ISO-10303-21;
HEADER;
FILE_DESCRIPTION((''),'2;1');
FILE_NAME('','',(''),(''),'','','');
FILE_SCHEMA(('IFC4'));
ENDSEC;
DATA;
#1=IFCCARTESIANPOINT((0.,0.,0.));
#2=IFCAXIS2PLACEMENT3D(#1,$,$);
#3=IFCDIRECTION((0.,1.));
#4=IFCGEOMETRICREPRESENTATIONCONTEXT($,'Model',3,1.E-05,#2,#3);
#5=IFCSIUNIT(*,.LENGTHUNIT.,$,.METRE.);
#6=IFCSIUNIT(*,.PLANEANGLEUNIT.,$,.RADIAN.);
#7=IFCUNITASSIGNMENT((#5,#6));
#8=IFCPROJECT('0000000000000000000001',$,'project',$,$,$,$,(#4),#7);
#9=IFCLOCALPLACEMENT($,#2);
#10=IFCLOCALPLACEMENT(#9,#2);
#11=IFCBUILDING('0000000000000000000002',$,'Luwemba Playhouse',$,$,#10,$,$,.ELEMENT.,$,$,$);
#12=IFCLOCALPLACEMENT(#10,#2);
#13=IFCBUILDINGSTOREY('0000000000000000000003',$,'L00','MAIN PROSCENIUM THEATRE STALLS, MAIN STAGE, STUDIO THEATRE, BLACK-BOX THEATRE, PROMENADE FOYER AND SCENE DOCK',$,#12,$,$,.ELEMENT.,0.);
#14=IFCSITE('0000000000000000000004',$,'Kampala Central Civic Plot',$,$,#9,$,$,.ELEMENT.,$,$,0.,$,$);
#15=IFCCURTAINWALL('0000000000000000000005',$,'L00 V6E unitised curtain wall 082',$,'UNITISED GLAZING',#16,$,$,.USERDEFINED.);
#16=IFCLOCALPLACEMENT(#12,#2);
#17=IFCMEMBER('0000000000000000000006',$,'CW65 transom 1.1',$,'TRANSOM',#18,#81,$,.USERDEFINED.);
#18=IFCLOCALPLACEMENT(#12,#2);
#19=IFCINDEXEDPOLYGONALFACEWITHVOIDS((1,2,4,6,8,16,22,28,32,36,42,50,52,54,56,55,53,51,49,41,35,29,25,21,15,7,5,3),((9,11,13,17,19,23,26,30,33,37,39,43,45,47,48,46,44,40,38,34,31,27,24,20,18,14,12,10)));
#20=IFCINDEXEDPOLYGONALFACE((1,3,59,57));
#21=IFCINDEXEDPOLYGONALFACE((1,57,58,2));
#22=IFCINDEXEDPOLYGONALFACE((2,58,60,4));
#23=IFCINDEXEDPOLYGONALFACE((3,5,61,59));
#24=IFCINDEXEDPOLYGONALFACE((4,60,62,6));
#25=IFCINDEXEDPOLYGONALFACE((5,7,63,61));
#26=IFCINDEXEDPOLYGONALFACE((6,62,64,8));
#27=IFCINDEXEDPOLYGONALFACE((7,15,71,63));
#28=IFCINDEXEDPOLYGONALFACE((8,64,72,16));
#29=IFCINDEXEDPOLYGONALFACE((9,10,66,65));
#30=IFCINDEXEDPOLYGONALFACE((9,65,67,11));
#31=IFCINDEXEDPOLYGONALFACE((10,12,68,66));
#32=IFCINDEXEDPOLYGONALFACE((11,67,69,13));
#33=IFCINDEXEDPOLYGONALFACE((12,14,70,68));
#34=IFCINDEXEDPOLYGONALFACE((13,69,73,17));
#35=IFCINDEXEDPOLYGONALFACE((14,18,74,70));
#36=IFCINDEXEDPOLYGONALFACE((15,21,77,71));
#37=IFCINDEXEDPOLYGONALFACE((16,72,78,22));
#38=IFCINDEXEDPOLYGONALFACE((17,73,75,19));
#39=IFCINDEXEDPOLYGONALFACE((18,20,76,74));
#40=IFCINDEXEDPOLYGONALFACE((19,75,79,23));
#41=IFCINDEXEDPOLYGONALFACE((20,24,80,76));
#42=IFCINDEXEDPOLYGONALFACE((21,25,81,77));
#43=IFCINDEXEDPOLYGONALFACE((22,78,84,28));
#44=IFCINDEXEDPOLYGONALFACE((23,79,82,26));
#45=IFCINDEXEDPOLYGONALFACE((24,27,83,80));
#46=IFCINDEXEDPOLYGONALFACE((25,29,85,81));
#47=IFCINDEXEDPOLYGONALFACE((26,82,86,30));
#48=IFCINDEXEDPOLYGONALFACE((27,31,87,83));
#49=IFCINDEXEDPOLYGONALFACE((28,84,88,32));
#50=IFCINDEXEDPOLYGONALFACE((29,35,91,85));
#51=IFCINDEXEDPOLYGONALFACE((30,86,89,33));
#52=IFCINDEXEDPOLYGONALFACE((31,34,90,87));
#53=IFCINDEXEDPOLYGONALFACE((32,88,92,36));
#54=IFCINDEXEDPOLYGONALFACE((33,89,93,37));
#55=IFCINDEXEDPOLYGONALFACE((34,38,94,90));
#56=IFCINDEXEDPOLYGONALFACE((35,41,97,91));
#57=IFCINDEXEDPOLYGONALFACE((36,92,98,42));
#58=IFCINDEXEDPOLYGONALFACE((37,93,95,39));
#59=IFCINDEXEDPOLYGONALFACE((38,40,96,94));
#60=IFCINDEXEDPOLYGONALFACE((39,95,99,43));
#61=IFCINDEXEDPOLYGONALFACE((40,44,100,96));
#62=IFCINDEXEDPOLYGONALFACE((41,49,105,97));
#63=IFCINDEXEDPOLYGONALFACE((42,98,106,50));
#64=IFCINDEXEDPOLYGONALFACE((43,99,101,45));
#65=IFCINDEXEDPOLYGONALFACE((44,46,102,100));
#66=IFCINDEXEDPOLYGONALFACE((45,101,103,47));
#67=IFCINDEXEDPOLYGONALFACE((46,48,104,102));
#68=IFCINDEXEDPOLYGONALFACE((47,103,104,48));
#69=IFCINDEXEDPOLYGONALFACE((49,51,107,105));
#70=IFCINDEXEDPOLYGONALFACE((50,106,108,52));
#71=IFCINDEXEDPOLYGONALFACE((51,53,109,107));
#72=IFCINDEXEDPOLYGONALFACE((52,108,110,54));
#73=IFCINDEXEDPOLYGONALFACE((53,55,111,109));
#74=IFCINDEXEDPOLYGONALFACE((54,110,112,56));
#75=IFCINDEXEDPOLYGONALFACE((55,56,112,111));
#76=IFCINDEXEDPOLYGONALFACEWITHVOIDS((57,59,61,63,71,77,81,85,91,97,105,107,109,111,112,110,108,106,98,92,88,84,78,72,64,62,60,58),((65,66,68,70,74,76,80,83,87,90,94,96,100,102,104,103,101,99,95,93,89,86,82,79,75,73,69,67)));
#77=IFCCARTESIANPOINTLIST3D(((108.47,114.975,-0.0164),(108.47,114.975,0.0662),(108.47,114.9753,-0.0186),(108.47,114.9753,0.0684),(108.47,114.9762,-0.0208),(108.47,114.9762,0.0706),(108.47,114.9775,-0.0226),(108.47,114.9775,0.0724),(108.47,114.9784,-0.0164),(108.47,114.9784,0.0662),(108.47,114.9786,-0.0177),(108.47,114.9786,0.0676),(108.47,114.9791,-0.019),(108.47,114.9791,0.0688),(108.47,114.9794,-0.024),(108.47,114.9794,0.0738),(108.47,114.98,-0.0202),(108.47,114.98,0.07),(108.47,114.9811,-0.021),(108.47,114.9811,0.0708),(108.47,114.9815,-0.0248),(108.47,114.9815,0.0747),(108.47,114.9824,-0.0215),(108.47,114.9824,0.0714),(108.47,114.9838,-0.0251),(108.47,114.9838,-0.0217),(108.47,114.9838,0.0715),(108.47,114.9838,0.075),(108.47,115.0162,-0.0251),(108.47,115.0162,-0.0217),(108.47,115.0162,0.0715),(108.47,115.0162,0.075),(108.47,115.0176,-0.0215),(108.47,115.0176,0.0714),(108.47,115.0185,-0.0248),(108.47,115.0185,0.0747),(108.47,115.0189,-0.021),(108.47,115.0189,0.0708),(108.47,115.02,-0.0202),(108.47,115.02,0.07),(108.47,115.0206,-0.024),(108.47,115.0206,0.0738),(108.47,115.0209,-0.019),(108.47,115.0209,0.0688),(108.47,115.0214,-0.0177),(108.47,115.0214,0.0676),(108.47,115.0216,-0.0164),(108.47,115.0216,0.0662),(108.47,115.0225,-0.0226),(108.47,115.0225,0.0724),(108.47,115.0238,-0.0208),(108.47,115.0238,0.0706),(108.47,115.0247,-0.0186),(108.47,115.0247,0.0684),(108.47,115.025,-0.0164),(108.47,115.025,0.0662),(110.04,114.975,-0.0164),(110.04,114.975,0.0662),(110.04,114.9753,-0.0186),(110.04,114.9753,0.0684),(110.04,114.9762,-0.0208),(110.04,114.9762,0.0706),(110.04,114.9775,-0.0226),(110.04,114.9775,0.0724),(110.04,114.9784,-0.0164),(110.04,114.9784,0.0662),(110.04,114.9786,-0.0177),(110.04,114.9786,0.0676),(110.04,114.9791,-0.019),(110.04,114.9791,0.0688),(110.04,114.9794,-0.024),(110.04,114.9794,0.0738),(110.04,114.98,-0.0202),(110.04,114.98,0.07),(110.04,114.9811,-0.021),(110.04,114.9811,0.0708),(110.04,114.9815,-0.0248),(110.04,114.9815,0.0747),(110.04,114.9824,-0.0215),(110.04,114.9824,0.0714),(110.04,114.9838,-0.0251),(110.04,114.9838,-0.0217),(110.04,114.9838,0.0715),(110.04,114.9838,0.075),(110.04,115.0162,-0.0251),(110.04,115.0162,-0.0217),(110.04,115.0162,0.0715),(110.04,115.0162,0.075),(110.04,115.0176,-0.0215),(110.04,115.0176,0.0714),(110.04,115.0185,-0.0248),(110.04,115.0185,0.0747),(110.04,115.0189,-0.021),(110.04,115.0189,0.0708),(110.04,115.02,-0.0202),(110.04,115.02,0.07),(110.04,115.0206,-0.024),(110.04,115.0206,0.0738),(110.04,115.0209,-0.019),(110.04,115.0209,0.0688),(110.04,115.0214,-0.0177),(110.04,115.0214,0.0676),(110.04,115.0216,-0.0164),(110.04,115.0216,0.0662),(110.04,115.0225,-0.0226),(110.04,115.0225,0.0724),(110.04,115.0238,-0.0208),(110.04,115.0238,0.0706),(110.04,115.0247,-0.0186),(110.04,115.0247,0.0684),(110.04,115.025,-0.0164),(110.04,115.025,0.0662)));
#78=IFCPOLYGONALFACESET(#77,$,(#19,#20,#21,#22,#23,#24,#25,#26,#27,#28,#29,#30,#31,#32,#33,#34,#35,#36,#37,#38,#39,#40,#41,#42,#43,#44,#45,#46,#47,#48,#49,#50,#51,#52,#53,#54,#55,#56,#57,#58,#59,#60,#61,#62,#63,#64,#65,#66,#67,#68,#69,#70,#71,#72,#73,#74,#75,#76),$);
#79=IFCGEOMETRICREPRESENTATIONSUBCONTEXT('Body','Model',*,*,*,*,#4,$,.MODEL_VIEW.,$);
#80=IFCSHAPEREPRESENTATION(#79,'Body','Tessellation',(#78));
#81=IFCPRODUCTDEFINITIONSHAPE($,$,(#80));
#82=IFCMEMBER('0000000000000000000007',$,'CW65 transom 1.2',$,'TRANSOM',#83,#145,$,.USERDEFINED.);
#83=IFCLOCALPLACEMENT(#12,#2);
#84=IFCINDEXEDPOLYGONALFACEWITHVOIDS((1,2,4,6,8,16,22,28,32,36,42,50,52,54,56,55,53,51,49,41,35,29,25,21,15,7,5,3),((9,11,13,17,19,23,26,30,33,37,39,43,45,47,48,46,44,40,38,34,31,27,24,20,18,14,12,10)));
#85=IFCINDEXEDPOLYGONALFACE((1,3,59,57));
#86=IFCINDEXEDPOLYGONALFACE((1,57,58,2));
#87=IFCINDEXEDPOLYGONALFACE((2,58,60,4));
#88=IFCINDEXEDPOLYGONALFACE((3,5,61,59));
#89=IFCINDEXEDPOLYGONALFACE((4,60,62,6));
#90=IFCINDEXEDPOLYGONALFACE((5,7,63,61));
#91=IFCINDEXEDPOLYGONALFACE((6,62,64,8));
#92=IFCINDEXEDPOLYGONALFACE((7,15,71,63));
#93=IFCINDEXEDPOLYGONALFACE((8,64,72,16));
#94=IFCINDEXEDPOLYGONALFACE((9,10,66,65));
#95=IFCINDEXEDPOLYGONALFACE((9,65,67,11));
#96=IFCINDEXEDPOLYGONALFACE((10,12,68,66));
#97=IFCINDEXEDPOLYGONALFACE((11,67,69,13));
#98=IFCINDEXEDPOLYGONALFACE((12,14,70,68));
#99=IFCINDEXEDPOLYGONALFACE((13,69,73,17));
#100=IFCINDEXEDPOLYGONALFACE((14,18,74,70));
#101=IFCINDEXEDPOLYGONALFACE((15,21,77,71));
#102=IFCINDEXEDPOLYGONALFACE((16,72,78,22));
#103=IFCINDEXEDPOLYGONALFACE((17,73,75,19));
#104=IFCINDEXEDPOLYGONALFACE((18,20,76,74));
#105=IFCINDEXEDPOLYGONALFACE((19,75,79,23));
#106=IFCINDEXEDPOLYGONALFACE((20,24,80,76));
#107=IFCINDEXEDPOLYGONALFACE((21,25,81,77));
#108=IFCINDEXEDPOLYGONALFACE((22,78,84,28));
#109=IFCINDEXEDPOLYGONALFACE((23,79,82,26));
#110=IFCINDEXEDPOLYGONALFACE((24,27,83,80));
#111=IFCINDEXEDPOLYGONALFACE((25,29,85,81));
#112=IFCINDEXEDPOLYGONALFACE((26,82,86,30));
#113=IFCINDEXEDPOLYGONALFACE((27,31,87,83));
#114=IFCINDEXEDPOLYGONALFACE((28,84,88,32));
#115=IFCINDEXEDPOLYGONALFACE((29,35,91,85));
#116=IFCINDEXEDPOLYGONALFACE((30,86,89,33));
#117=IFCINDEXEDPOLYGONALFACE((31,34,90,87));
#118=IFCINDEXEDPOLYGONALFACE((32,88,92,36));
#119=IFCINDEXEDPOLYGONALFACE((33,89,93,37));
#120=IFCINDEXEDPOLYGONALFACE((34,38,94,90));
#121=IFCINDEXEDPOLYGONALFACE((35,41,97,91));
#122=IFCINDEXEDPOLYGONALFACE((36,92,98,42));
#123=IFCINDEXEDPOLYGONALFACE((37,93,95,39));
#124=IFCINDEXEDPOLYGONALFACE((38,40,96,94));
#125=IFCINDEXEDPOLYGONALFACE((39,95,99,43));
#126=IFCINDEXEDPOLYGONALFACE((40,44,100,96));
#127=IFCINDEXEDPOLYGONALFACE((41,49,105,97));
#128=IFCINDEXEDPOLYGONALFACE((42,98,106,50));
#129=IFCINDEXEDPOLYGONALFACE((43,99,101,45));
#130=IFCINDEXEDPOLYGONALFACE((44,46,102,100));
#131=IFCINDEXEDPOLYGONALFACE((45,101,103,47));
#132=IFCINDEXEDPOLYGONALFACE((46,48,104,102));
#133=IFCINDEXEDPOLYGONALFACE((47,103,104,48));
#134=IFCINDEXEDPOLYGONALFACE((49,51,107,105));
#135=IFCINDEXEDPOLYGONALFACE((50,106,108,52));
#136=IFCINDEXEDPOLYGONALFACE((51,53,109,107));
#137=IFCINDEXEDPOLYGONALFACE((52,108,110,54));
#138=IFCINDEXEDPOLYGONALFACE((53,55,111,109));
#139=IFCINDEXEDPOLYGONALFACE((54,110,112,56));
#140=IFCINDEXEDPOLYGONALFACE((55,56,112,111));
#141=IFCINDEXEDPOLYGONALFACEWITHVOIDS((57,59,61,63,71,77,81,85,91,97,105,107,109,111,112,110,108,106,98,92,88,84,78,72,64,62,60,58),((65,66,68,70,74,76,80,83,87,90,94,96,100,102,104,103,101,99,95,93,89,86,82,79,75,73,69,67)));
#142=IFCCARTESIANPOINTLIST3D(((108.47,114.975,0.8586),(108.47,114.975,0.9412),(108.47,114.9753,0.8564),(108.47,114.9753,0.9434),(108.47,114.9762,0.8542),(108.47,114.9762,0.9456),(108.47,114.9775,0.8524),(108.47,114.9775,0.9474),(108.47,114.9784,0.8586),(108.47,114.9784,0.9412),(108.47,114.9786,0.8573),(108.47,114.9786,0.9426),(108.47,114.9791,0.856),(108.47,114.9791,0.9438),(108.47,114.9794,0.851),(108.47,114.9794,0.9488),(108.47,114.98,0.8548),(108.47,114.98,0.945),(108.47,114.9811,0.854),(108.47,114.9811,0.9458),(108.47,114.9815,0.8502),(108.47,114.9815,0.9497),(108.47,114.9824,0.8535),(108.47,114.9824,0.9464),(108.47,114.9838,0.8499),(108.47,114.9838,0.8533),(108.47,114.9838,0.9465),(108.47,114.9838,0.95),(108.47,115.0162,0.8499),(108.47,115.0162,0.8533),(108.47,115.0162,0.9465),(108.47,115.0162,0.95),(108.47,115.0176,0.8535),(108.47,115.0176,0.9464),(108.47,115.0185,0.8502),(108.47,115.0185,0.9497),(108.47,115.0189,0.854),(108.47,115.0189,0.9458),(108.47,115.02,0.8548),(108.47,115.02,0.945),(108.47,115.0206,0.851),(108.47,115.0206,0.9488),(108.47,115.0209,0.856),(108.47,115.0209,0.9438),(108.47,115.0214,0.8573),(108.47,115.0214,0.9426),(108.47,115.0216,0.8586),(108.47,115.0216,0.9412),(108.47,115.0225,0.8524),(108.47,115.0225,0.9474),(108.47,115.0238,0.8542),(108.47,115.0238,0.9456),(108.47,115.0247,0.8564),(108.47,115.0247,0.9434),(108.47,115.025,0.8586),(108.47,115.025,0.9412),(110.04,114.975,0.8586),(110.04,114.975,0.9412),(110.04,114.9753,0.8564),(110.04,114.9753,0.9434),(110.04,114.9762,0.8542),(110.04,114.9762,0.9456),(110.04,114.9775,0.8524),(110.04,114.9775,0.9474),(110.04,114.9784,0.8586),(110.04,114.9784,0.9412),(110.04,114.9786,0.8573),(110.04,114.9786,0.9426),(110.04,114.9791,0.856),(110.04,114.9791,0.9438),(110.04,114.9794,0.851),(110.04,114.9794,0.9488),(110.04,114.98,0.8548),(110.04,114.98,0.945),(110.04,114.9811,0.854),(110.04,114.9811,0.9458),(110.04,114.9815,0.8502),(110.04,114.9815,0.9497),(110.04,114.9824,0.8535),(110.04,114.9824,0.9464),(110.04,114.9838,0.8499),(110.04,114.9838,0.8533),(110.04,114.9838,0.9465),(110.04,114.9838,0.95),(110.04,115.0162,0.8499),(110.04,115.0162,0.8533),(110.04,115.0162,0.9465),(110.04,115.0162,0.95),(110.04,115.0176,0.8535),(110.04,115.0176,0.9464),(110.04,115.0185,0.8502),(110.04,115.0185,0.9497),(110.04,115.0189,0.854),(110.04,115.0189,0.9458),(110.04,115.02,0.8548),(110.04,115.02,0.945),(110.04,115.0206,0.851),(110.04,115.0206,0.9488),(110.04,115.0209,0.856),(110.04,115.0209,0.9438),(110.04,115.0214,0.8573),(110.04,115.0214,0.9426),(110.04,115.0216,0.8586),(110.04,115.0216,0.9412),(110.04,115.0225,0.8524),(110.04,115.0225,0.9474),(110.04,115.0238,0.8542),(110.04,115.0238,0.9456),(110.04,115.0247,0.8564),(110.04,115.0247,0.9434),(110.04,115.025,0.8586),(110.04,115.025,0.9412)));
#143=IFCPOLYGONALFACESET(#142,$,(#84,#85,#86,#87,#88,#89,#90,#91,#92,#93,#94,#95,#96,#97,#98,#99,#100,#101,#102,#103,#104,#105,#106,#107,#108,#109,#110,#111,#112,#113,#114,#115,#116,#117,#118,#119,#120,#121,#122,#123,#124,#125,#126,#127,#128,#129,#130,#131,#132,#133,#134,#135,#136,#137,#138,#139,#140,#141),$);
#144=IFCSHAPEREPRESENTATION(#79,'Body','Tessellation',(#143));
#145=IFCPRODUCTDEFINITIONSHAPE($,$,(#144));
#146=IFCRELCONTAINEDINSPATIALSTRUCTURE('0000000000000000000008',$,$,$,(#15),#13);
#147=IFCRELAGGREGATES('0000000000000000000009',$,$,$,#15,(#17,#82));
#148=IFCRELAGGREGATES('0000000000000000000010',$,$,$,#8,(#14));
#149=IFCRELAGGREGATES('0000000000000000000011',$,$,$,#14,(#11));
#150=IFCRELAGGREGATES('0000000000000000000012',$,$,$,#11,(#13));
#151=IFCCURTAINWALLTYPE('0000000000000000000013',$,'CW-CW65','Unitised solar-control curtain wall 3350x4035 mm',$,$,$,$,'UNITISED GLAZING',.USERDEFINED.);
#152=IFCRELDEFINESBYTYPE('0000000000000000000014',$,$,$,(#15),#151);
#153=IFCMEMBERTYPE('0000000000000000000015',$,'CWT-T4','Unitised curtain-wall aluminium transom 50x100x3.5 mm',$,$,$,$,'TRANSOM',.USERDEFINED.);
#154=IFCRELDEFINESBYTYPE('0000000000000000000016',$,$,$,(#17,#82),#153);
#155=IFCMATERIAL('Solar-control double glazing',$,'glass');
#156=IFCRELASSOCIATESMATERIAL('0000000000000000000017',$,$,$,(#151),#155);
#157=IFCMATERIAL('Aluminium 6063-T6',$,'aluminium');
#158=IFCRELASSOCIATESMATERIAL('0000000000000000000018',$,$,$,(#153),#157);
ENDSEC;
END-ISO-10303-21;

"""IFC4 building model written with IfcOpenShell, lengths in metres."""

from ifc_helpers import new_model, si_unit, direction, frame, origin, origin_2d, place, context, subcontext, project, spatial, hollow_rectangle, extrude, material, material_profile, profile_set, type_object, element, aggregate, save


model = new_model("IFC4")

# Units and contexts
model_context = context("Model", 3, precision=1e-05, world=origin(), true_north=direction((0.0, 1.0)))
body_context = subcontext(model_context, "Body", "Model", "MODEL_VIEW")
ifc_project = project(units=[si_unit("LENGTHUNIT", "METRE"), si_unit("PLANEANGLEUNIT", "RADIAN")], contexts=[model_context])

# Site, building, storey
site_placement = place(None, origin())
site = spatial("IfcSite", under=ifc_project, at=site_placement, Name="Kampala Central Civic Plot", CompositionType="ELEMENT", RefElevation=0.0)
building_placement = place(site_placement, origin())
building = spatial("IfcBuilding", under=site, at=building_placement, Name="Luwemba Playhouse", CompositionType="ELEMENT")
storey_placement = place(building_placement, origin())
storey = spatial("IfcBuildingStorey", under=building, at=storey_placement, Name="L00", Description="MAIN PROSCENIUM THEATRE STALLS, MAIN STAGE, STUDIO THEATRE, BLACK-BOX THEATRE, PROMENADE FOYER AND SCENE DOCK", CompositionType="ELEMENT", Elevation=0.0)

# Curtain wall, members
ifc_material_1 = material(Name="Solar-control double glazing", Category="glass")
curtain_wall_type = type_object("IfcCurtainWallType", Name="CW-CW65", Description="Unitised solar-control curtain wall 3350x4035 mm", ElementType="UNITISED GLAZING", PredefinedType="USERDEFINED", material=ifc_material_1)
curtain_wall_placement = place(storey_placement, origin())
curtain_wall = element("IfcCurtainWall", 1, at=curtain_wall_placement, inside=storey, type_object=curtain_wall_type, Name="L00 V6E unitised curtain wall 082", ObjectType="UNITISED GLAZING", PredefinedType="USERDEFINED")
ifc_material_2 = material(Name="Aluminium 6063-T6", Category="aluminium")
ifc_material_profile_1 = material_profile(ifc_material_2, hollow_rectangle(XDim=0.05, YDim=0.1001, WallThickness=0.0034, InnerFilletRadius=0.0054, OuterFilletRadius=0.0088, at=origin_2d()))
ifc_profile_set_1 = profile_set([ifc_material_profile_1], Name="Aluminium 6063-T6")
member_type_1 = type_object("IfcMemberType", Name="CWT-T4", Description="Unitised curtain-wall aluminium transom 50x100x3.5 mm", ElementType="TRANSOM", PredefinedType="USERDEFINED", material=ifc_profile_set_1)
member_1_placement = place(storey_placement, frame((108.47, 115.0, 0.0249), z_axis=(1.0, 0.0, 0.0), x_axis=(0.0, 1.0, 0.0)))
member_1 = element("IfcMember", 2, at=member_1_placement, type_object=member_type_1, Name="CW65 transom 1.1", ObjectType="TRANSOM", PredefinedType="USERDEFINED", context=body_context, shape_type="SweptSolid", body=[
    extrude(hollow_rectangle(XDim=0.05, YDim=0.1001, WallThickness=0.0034, InnerFilletRadius=0.0054, OuterFilletRadius=0.0088, at=origin_2d()), origin(), (0.0, 0.0, 1.0), 1.5701),
])
member_2_placement = place(storey_placement, frame((108.47, 115.0, 0.8999), z_axis=(1.0, 0.0, 0.0), x_axis=(0.0, 1.0, 0.0)))
member_2 = element("IfcMember", 3, at=member_2_placement, type_object=member_type_1, Name="CW65 transom 1.2", ObjectType="TRANSOM", PredefinedType="USERDEFINED", context=body_context, shape_type="SweptSolid", body=[
    extrude(hollow_rectangle(XDim=0.05, YDim=0.1001, WallThickness=0.0034, InnerFilletRadius=0.0054, OuterFilletRadius=0.0088, at=origin_2d()), origin(), (0.0, 0.0, 1.0), 1.5701),
])
aggregate(curtain_wall, [member_1, member_2])

save(model, "model.ifc")
